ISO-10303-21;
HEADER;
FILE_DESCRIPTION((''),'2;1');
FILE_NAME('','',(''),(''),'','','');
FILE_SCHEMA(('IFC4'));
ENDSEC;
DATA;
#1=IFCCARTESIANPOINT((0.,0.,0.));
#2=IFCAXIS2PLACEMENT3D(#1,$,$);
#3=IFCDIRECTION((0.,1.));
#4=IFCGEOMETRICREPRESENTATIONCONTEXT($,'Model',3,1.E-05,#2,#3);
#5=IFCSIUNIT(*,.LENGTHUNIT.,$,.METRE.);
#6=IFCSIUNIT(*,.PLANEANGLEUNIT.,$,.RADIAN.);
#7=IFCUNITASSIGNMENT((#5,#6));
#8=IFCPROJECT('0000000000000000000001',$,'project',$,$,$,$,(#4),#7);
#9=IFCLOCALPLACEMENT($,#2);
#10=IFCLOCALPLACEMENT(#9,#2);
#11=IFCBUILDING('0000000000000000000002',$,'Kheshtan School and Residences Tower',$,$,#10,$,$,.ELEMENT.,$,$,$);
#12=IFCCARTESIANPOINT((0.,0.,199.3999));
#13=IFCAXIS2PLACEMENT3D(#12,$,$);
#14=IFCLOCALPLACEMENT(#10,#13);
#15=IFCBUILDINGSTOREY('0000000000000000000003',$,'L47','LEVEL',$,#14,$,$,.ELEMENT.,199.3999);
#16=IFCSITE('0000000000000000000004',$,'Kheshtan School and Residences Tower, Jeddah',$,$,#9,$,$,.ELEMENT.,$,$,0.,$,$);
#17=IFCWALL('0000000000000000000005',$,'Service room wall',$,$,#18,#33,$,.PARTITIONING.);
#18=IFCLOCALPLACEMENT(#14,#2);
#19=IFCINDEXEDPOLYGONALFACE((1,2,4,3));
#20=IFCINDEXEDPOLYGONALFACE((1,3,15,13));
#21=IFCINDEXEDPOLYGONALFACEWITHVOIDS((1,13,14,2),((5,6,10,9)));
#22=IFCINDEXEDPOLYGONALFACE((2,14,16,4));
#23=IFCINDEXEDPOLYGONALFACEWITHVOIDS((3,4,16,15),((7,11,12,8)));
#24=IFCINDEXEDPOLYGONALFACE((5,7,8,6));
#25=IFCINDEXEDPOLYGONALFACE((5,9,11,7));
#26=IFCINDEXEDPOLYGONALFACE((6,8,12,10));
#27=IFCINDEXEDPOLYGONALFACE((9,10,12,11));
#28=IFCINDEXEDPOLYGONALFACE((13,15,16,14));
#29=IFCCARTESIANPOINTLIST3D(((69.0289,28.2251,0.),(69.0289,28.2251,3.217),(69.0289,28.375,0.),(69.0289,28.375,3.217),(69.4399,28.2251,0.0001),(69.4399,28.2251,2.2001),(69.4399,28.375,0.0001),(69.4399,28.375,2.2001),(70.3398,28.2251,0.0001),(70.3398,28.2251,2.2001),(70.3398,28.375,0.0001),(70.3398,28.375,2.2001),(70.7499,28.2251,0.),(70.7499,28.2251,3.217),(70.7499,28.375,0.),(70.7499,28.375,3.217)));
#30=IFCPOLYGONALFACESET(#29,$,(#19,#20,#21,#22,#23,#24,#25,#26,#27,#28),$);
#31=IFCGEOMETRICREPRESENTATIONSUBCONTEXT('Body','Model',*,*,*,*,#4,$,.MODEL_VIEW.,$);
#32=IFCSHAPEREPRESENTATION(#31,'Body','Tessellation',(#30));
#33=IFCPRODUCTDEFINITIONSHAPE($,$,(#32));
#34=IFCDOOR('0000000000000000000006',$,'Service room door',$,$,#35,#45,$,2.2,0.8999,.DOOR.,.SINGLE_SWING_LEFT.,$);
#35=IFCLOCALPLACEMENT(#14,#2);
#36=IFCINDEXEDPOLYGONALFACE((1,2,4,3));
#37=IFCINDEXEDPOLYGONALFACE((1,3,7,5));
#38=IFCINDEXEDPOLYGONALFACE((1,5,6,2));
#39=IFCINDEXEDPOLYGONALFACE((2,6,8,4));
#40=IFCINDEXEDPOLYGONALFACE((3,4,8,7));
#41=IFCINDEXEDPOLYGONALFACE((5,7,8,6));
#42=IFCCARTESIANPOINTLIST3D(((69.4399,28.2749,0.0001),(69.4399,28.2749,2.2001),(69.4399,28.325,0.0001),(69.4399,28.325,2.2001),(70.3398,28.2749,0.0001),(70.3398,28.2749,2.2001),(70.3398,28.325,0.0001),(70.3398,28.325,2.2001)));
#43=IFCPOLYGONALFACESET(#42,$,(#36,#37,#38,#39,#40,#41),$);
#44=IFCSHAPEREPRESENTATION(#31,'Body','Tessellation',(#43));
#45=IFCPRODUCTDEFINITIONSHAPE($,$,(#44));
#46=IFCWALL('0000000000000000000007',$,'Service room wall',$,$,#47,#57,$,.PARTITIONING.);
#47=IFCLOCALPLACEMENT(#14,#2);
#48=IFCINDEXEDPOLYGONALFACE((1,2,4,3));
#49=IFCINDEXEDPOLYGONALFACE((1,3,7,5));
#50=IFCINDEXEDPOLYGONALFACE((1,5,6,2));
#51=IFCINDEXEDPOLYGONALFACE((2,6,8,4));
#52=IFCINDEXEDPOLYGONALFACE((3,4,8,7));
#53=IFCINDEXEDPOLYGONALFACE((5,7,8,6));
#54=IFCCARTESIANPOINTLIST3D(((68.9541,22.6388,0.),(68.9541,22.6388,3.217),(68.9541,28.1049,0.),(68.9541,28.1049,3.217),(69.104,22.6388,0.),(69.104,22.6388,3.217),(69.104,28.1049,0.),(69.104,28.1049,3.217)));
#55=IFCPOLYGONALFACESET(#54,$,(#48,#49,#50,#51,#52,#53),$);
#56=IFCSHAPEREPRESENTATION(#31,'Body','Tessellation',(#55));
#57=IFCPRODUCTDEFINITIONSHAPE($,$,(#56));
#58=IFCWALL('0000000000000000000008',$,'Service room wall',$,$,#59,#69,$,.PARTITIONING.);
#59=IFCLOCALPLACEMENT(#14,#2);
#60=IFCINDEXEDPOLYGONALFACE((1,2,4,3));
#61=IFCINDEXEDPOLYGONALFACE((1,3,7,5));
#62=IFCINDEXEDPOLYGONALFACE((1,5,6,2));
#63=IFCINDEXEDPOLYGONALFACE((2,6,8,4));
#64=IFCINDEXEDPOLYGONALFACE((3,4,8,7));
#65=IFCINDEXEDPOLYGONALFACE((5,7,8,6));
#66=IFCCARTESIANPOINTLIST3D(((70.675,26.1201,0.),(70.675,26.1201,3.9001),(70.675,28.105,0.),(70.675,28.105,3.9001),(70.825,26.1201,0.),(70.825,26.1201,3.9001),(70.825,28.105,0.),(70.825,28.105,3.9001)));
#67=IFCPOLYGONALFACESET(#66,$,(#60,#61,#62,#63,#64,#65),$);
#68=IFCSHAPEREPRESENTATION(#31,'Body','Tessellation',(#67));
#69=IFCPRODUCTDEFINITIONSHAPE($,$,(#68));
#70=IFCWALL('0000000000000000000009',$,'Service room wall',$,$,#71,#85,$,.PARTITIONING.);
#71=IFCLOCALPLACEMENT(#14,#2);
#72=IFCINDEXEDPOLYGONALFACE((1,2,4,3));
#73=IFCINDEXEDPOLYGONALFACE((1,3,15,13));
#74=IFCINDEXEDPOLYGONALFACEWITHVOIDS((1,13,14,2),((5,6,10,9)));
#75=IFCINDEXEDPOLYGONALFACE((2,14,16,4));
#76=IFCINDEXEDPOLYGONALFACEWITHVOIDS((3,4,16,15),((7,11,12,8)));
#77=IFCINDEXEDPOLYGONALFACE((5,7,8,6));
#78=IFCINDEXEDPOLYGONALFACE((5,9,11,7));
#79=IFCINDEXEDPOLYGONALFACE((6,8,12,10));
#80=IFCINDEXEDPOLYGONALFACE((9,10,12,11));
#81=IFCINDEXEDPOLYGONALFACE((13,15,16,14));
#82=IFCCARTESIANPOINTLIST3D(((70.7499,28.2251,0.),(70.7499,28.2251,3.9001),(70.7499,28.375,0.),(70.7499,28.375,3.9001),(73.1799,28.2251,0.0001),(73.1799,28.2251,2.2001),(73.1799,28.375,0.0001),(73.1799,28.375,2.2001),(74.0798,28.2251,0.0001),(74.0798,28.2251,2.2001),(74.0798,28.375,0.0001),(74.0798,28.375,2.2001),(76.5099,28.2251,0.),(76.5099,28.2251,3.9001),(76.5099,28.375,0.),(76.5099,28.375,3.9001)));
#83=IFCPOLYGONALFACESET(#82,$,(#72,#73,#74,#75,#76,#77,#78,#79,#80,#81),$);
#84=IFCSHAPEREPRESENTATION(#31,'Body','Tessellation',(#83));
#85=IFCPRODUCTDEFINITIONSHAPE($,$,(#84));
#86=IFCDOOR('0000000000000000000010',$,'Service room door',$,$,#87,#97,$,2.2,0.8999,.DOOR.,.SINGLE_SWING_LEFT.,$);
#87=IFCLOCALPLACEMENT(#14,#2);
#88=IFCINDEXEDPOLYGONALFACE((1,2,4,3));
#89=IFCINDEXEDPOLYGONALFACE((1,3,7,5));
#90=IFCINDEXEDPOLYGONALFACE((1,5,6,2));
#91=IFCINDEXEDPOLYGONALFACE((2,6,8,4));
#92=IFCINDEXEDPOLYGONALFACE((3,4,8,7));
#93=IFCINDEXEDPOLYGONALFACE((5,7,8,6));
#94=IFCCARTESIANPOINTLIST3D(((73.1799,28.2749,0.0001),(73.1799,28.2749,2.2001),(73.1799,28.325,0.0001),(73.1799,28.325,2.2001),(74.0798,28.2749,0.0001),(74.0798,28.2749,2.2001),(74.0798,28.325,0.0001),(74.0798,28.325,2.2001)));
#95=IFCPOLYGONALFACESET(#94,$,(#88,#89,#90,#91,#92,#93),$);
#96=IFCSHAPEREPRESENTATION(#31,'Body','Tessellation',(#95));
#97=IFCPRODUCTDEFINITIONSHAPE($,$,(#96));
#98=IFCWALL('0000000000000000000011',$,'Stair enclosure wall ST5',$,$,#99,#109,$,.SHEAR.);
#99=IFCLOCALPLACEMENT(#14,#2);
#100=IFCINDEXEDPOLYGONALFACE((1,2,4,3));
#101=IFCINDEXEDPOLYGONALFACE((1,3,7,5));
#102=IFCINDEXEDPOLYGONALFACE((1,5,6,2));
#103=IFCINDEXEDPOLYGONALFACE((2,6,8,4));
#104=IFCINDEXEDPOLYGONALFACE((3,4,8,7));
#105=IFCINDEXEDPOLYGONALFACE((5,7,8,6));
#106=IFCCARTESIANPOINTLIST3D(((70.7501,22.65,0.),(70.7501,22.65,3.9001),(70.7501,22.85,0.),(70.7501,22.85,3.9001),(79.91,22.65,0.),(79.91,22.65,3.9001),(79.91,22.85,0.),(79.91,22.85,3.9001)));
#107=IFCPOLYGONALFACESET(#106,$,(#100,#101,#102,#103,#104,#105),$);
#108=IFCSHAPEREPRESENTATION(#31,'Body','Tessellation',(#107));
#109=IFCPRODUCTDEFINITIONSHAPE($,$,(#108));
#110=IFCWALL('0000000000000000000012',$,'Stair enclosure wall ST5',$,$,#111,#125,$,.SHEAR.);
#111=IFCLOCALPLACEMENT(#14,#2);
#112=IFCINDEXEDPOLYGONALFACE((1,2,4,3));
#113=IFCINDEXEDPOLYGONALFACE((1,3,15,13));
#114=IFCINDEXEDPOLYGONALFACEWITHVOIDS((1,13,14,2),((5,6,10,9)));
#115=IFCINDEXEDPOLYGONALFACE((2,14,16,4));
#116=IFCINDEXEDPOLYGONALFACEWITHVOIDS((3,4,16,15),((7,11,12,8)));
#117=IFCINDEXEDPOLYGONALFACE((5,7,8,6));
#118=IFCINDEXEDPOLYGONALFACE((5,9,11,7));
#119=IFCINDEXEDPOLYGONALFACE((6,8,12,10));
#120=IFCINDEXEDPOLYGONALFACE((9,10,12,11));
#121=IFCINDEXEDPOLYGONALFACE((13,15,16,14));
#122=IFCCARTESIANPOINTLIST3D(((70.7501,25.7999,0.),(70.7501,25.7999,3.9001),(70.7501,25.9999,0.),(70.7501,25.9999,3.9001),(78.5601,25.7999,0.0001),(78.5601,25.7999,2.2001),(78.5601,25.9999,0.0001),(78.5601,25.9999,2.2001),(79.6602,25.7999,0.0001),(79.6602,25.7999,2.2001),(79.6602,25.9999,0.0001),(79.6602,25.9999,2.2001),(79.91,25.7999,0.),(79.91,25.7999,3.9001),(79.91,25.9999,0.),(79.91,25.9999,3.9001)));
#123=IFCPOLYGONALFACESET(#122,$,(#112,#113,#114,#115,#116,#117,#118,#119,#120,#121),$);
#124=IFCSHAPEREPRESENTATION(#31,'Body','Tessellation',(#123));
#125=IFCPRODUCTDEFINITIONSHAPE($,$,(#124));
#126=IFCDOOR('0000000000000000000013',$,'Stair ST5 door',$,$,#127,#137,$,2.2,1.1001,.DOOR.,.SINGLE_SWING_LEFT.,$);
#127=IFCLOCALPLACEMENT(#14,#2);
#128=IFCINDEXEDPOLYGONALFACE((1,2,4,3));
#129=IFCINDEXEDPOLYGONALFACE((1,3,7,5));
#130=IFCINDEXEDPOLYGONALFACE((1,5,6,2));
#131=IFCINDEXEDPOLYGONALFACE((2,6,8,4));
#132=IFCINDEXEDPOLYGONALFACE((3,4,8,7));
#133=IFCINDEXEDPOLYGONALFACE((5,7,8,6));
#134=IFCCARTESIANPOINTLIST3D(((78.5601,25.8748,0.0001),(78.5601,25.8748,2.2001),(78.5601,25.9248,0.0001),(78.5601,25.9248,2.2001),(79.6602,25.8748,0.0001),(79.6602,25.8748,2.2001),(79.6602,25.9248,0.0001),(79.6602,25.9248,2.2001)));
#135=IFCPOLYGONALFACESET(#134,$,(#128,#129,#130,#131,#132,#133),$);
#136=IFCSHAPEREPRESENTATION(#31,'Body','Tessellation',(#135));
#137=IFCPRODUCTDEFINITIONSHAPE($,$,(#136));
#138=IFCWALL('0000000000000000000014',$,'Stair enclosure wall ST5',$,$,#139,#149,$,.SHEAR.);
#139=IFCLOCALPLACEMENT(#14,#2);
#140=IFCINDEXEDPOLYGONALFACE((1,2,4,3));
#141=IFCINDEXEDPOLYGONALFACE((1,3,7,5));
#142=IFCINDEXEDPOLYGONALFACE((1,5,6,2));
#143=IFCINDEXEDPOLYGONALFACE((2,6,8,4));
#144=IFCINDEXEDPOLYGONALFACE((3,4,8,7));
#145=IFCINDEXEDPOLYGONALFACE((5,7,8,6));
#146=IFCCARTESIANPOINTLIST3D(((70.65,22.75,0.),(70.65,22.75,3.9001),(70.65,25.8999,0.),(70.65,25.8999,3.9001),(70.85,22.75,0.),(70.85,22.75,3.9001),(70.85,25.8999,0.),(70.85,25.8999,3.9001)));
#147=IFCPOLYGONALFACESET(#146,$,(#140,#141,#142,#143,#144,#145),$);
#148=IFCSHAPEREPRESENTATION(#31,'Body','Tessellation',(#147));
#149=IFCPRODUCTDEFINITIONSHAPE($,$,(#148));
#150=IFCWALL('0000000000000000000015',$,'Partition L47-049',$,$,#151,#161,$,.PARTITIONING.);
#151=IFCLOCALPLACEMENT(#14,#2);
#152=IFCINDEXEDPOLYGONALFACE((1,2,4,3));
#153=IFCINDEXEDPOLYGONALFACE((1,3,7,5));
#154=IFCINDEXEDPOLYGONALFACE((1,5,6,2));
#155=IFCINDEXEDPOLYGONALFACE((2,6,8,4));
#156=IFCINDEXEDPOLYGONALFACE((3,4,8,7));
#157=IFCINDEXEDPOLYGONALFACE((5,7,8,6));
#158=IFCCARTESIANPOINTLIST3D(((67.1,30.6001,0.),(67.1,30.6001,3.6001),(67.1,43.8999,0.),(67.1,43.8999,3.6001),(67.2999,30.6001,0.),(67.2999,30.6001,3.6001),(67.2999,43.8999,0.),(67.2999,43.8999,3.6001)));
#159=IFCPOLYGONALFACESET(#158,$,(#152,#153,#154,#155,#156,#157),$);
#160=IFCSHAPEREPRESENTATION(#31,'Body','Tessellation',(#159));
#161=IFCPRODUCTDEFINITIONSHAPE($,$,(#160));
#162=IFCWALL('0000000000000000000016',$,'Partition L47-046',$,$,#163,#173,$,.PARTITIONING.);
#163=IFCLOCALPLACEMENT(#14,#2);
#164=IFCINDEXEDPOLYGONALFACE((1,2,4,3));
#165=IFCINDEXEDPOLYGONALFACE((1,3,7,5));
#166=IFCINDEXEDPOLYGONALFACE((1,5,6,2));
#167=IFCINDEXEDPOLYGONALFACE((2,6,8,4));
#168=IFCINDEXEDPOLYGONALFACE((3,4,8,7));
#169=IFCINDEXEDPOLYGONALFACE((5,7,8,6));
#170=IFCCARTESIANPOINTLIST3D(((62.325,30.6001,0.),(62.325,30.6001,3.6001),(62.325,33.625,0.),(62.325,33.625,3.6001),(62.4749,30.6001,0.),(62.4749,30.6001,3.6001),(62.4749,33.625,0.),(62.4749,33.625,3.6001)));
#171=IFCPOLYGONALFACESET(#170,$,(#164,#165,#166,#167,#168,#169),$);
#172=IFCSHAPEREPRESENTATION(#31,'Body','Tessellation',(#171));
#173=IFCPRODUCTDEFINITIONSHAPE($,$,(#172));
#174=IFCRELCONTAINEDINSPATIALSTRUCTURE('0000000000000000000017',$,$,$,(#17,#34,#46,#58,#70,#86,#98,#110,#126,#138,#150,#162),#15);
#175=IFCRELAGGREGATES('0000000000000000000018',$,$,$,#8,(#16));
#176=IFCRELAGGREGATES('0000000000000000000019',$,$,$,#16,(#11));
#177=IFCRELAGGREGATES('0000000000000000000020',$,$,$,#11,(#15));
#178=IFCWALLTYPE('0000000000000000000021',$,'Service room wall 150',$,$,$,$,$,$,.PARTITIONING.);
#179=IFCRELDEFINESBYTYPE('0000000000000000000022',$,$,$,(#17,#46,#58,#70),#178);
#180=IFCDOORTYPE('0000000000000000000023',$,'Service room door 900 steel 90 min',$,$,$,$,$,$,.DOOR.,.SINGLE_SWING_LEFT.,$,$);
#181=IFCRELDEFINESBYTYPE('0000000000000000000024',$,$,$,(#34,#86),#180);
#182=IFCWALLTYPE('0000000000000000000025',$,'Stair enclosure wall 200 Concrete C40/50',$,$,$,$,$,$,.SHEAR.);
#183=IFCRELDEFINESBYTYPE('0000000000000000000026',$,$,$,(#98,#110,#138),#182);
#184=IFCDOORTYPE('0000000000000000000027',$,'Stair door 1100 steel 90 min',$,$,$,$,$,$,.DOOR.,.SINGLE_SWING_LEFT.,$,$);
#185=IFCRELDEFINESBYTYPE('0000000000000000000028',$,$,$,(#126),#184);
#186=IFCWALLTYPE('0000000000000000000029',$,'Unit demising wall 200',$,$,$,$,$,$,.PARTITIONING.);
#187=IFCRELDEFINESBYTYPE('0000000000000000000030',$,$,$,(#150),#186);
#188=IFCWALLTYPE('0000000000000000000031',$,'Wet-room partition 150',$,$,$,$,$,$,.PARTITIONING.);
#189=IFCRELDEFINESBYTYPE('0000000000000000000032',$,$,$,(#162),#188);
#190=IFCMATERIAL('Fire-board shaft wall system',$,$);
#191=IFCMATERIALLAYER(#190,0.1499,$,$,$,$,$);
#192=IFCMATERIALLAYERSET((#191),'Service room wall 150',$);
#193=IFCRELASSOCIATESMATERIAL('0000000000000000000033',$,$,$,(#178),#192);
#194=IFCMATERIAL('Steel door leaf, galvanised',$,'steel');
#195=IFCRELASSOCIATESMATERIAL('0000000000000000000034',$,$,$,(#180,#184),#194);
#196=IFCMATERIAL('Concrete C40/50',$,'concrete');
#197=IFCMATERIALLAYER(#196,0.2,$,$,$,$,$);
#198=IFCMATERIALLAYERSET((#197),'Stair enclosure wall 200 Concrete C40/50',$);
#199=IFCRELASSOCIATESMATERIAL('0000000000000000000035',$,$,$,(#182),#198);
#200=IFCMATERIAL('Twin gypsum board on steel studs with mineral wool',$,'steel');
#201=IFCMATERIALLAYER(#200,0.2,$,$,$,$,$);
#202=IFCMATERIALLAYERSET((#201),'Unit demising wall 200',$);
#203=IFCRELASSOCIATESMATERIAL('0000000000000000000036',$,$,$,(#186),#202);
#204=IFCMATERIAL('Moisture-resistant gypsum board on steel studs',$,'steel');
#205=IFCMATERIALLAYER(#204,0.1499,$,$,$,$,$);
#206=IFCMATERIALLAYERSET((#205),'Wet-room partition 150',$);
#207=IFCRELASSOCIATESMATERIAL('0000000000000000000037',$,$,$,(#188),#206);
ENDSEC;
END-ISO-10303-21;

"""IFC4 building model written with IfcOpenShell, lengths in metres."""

from ifc_helpers import new_model, si_unit, direction, frame, frame_2d, origin, place, context, subcontext, project, spatial, rectangle, extrude, source, transform, mapped, material, layer, layer_set, type_object, element, fill, save


model = new_model("IFC4")

# Units and contexts
model_context = context("Model", 3, precision=1e-05, world=origin(), true_north=direction((0.0, 1.0)))
body_context = subcontext(model_context, "Body", "Model", "MODEL_VIEW")
ifc_project = project(units=[si_unit("LENGTHUNIT", "METRE"), si_unit("PLANEANGLEUNIT", "RADIAN")], contexts=[model_context])

# Site, building, storey
site_placement = place(None, origin())
site = spatial("IfcSite", under=ifc_project, at=site_placement, Name="Kheshtan School and Residences Tower, Jeddah", CompositionType="ELEMENT", RefElevation=0.0)
building_placement = place(site_placement, origin())
building = spatial("IfcBuilding", under=site, at=building_placement, Name="Kheshtan School and Residences Tower", CompositionType="ELEMENT")
storey_placement = place(building_placement, frame((0.0, 0.0, 199.3999)))
storey = spatial("IfcBuildingStorey", under=building, at=storey_placement, Name="L47", Description="LEVEL", CompositionType="ELEMENT", Elevation=199.3999)

# Shared definitions
ifc_material_1 = material(Name="Fire-board shaft wall system")
ifc_layer_1 = layer(ifc_material_1, 0.1499)
ifc_layer_set_1 = layer_set([ifc_layer_1], Name="Service room wall 150")
wall_type_1 = type_object("IfcWallType", Name="Service room wall 150", PredefinedType="PARTITIONING", material=ifc_layer_set_1)

# Wall, opening, door
wall_1_placement = place(storey_placement, frame((69.0291, 28.3, 0.0), z_axis=(0.0, 0.0, 1.0), x_axis=(1.0, 0.0, 0.0)))
wall_1 = element("IfcWall", 1, at=wall_1_placement, inside=storey, type_object=wall_type_1, Name="Service room wall", PredefinedType="PARTITIONING", context=body_context, shape_type="SweptSolid", body=[
    extrude(rectangle(XDim=1.7209, YDim=0.1499, at=frame_2d((0.8604, 0.0))), origin(), (0.0, 0.0, 1.0), 3.217),
])
opening_1_placement = place(wall_1_placement, frame((0.4109, 0.0, 0.0)))
opening_1 = element("IfcOpeningElement", 2, at=opening_1_placement, cuts=wall_1, PredefinedType="OPENING", context=body_context, shape_type="SweptSolid", body=[
    extrude(rectangle(XDim=0.8999, YDim=2.2, at=frame_2d((0.45, 1.1001))), frame((0.0, 0.085, 0.0), z_axis=(0.0, -1.0, 0.0), x_axis=(1.0, 0.0, 0.0)), (0.0, 0.0, 1.0), 0.1699),
])
ifc_material_2 = material(Name="Steel door leaf, galvanised", Category="steel")
door_type_1 = type_object("IfcDoorType", Name="Service room door 900 steel 90 min", OperationType="SINGLE_SWING_LEFT", PredefinedType="DOOR", material=ifc_material_2)
shared_shape_1 = source(origin(), body_context, "Body", "SweptSolid", [
    extrude(rectangle(XDim=0.8999, YDim=2.2, at=frame_2d((0.45, 1.1001))), frame((0.0, 0.0249, 0.0), z_axis=(0.0, -1.0, 0.0), x_axis=(1.0, 0.0, 0.0)), (0.0, 0.0, 1.0), 0.05),
])
door_1_placement = place(opening_1_placement, origin())
door_1 = element("IfcDoor", 3, at=door_1_placement, inside=storey, type_object=door_type_1, Name="Service room door", OperationType="SINGLE_SWING_LEFT", OverallHeight=2.2, OverallWidth=0.8999, PredefinedType="DOOR", context=body_context, shape_type="MappedRepresentation", body=[
    mapped(shared_shape_1, transform((0.0, 0.0, 0.0), x_axis=(1.0, 0.0, 0.0), y_axis=(0.0, 1.0, 0.0), z_axis=(0.0, 0.0, 1.0), scale=1.0)),
])
fill(opening_1, door_1)

# Walls
wall_2_placement = place(storey_placement, frame((69.0291, 22.6389, 0.0), z_axis=(0.0, 0.0, 1.0), x_axis=(0.0, 1.0, 0.0)))
element("IfcWall", 4, at=wall_2_placement, inside=storey, type_object=wall_type_1, Name="Service room wall", PredefinedType="PARTITIONING", context=body_context, shape_type="SweptSolid", body=[
    extrude(rectangle(XDim=5.4661, YDim=0.1499, at=frame_2d((2.7329, 0.0))), origin(), (0.0, 0.0, 1.0), 3.217),
])
wall_3_placement = place(storey_placement, frame((70.75, 26.1201, 0.0), z_axis=(0.0, 0.0, 1.0), x_axis=(0.0, 1.0, 0.0)))
element("IfcWall", 5, at=wall_3_placement, inside=storey, type_object=wall_type_1, Name="Service room wall", PredefinedType="PARTITIONING", context=body_context, shape_type="SweptSolid", body=[
    extrude(rectangle(XDim=1.9849, YDim=0.1499, at=frame_2d((0.9924, 0.0))), origin(), (0.0, 0.0, 1.0), 3.9001),
])

# Wall, opening, door
wall_4_placement = place(storey_placement, frame((70.75, 28.3, 0.0), z_axis=(0.0, 0.0, 1.0), x_axis=(1.0, 0.0, 0.0)))
wall_4 = element("IfcWall", 6, at=wall_4_placement, inside=storey, type_object=wall_type_1, Name="Service room wall", PredefinedType="PARTITIONING", context=body_context, shape_type="SweptSolid", body=[
    extrude(rectangle(XDim=5.76, YDim=0.1499, at=frame_2d((2.8799, 0.0))), origin(), (0.0, 0.0, 1.0), 3.9001),
])
opening_2_placement = place(wall_4_placement, frame((2.4299, 0.0, 0.0)))
opening_2 = element("IfcOpeningElement", 7, at=opening_2_placement, cuts=wall_4, PredefinedType="OPENING", context=body_context, shape_type="SweptSolid", body=[
    extrude(rectangle(XDim=0.8999, YDim=2.2, at=frame_2d((0.45, 1.1001))), frame((0.0, 0.085, 0.0), z_axis=(0.0, -1.0, 0.0), x_axis=(1.0, 0.0, 0.0)), (0.0, 0.0, 1.0), 0.1699),
])
door_2_placement = place(opening_2_placement, origin())
door_2 = element("IfcDoor", 8, at=door_2_placement, inside=storey, type_object=door_type_1, Name="Service room door", OperationType="SINGLE_SWING_LEFT", OverallHeight=2.2, OverallWidth=0.8999, PredefinedType="DOOR", context=body_context, shape_type="MappedRepresentation", body=[
    mapped(shared_shape_1, transform((0.0, 0.0, 0.0), x_axis=(1.0, 0.0, 0.0), y_axis=(0.0, 1.0, 0.0), z_axis=(0.0, 0.0, 1.0), scale=1.0)),
])
fill(opening_2, door_2)

# Wall
ifc_material_3 = material(Name="Concrete C40/50", Category="concrete")
ifc_layer_2 = layer(ifc_material_3, 0.2)
ifc_layer_set_2 = layer_set([ifc_layer_2], Name="Stair enclosure wall 200 Concrete C40/50")
wall_type_2 = type_object("IfcWallType", Name="Stair enclosure wall 200 Concrete C40/50", PredefinedType="SHEAR", material=ifc_layer_set_2)
wall_5_placement = place(storey_placement, frame((70.75, 22.75, 0.0), z_axis=(0.0, 0.0, 1.0), x_axis=(1.0, 0.0, 0.0)))
element("IfcWall", 9, at=wall_5_placement, inside=storey, type_object=wall_type_2, Name="Stair enclosure wall ST5", PredefinedType="SHEAR", context=body_context, shape_type="SweptSolid", body=[
    extrude(rectangle(XDim=9.1599, YDim=0.2, at=frame_2d((4.5801, 0.0))), origin(), (0.0, 0.0, 1.0), 3.9001),
])

# Wall, opening, door
wall_6_placement = place(storey_placement, frame((70.75, 25.8999, 0.0), z_axis=(0.0, 0.0, 1.0), x_axis=(1.0, 0.0, 0.0)))
wall_6 = element("IfcWall", 10, at=wall_6_placement, inside=storey, type_object=wall_type_2, Name="Stair enclosure wall ST5", PredefinedType="SHEAR", context=body_context, shape_type="SweptSolid", body=[
    extrude(rectangle(XDim=9.1599, YDim=0.2, at=frame_2d((4.5801, 0.0))), origin(), (0.0, 0.0, 1.0), 3.9001),
])
opening_3_placement = place(wall_6_placement, frame((7.8101, 0.0, 0.0)))
opening_3 = element("IfcOpeningElement", 11, at=opening_3_placement, cuts=wall_6, PredefinedType="OPENING", context=body_context, shape_type="SweptSolid", body=[
    extrude(rectangle(XDim=1.1001, YDim=2.2, at=frame_2d((0.55, 1.1001))), frame((0.0, 0.1099, 0.0), z_axis=(0.0, -1.0, 0.0), x_axis=(1.0, 0.0, 0.0)), (0.0, 0.0, 1.0), 0.22),
])
door_type_2 = type_object("IfcDoorType", Name="Stair door 1100 steel 90 min", OperationType="SINGLE_SWING_LEFT", PredefinedType="DOOR", material=ifc_material_2)
shared_shape_2 = source(origin(), body_context, "Body", "SweptSolid", [
    extrude(rectangle(XDim=1.1001, YDim=2.2, at=frame_2d((0.55, 1.1001))), frame((0.0, 0.0249, 0.0), z_axis=(0.0, -1.0, 0.0), x_axis=(1.0, 0.0, 0.0)), (0.0, 0.0, 1.0), 0.05),
])
door_3_placement = place(opening_3_placement, origin())
door_3 = element("IfcDoor", 12, at=door_3_placement, inside=storey, type_object=door_type_2, Name="Stair ST5 door", OperationType="SINGLE_SWING_LEFT", OverallHeight=2.2, OverallWidth=1.1001, PredefinedType="DOOR", context=body_context, shape_type="MappedRepresentation", body=[
    mapped(shared_shape_2, transform((0.0, 0.0, 0.0), x_axis=(1.0, 0.0, 0.0), y_axis=(0.0, 1.0, 0.0), z_axis=(0.0, 0.0, 1.0), scale=1.0)),
])
fill(opening_3, door_3)

# Walls
wall_7_placement = place(storey_placement, frame((70.75, 22.75, 0.0), z_axis=(0.0, 0.0, 1.0), x_axis=(0.0, 1.0, 0.0)))
element("IfcWall", 13, at=wall_7_placement, inside=storey, type_object=wall_type_2, Name="Stair enclosure wall ST5", PredefinedType="SHEAR", context=body_context, shape_type="SweptSolid", body=[
    extrude(rectangle(XDim=3.1499, YDim=0.2, at=frame_2d((1.575, 0.0))), origin(), (0.0, 0.0, 1.0), 3.9001),
])
ifc_material_4 = material(Name="Twin gypsum board on steel studs with mineral wool", Category="steel")
ifc_layer_3 = layer(ifc_material_4, 0.2)
ifc_layer_set_3 = layer_set([ifc_layer_3], Name="Unit demising wall 200")
wall_type_3 = type_object("IfcWallType", Name="Unit demising wall 200", PredefinedType="PARTITIONING", material=ifc_layer_set_3)
wall_8_placement = place(storey_placement, frame((67.2, 30.6001, 0.0), z_axis=(0.0, 0.0, 1.0), x_axis=(0.0, 1.0, 0.0)))
element("IfcWall", 14, at=wall_8_placement, inside=storey, type_object=wall_type_3, Name="Partition L47-049", PredefinedType="PARTITIONING", context=body_context, shape_type="SweptSolid", body=[
    extrude(rectangle(XDim=13.2998, YDim=0.2, at=frame_2d((6.6499, 0.0))), origin(), (0.0, 0.0, 1.0), 3.6001),
])
ifc_material_5 = material(Name="Moisture-resistant gypsum board on steel studs", Category="steel")
ifc_layer_4 = layer(ifc_material_5, 0.1499)
ifc_layer_set_4 = layer_set([ifc_layer_4], Name="Wet-room partition 150")
wall_type_4 = type_object("IfcWallType", Name="Wet-room partition 150", PredefinedType="PARTITIONING", material=ifc_layer_set_4)
for number, where, z_axis, x_axis, name in (
    (15, (62.3999, 30.6001, 0.0), (0.0, 0.0, 1.0), (0.0, 1.0, 0.0), "Partition L47-046"),
):
    element("IfcWall", number, at=place(storey_placement, frame(where, z_axis=z_axis, x_axis=x_axis)), inside=storey, type_object=wall_type_4, Name=name, PredefinedType="PARTITIONING", context=body_context, shape_type="SweptSolid", body=[
        extrude(rectangle(XDim=3.0249, YDim=0.1499, at=frame_2d((1.5125, 0.0))), origin(), (0.0, 0.0, 1.0), 3.6001),
    ])

save(model, "model.ifc")
